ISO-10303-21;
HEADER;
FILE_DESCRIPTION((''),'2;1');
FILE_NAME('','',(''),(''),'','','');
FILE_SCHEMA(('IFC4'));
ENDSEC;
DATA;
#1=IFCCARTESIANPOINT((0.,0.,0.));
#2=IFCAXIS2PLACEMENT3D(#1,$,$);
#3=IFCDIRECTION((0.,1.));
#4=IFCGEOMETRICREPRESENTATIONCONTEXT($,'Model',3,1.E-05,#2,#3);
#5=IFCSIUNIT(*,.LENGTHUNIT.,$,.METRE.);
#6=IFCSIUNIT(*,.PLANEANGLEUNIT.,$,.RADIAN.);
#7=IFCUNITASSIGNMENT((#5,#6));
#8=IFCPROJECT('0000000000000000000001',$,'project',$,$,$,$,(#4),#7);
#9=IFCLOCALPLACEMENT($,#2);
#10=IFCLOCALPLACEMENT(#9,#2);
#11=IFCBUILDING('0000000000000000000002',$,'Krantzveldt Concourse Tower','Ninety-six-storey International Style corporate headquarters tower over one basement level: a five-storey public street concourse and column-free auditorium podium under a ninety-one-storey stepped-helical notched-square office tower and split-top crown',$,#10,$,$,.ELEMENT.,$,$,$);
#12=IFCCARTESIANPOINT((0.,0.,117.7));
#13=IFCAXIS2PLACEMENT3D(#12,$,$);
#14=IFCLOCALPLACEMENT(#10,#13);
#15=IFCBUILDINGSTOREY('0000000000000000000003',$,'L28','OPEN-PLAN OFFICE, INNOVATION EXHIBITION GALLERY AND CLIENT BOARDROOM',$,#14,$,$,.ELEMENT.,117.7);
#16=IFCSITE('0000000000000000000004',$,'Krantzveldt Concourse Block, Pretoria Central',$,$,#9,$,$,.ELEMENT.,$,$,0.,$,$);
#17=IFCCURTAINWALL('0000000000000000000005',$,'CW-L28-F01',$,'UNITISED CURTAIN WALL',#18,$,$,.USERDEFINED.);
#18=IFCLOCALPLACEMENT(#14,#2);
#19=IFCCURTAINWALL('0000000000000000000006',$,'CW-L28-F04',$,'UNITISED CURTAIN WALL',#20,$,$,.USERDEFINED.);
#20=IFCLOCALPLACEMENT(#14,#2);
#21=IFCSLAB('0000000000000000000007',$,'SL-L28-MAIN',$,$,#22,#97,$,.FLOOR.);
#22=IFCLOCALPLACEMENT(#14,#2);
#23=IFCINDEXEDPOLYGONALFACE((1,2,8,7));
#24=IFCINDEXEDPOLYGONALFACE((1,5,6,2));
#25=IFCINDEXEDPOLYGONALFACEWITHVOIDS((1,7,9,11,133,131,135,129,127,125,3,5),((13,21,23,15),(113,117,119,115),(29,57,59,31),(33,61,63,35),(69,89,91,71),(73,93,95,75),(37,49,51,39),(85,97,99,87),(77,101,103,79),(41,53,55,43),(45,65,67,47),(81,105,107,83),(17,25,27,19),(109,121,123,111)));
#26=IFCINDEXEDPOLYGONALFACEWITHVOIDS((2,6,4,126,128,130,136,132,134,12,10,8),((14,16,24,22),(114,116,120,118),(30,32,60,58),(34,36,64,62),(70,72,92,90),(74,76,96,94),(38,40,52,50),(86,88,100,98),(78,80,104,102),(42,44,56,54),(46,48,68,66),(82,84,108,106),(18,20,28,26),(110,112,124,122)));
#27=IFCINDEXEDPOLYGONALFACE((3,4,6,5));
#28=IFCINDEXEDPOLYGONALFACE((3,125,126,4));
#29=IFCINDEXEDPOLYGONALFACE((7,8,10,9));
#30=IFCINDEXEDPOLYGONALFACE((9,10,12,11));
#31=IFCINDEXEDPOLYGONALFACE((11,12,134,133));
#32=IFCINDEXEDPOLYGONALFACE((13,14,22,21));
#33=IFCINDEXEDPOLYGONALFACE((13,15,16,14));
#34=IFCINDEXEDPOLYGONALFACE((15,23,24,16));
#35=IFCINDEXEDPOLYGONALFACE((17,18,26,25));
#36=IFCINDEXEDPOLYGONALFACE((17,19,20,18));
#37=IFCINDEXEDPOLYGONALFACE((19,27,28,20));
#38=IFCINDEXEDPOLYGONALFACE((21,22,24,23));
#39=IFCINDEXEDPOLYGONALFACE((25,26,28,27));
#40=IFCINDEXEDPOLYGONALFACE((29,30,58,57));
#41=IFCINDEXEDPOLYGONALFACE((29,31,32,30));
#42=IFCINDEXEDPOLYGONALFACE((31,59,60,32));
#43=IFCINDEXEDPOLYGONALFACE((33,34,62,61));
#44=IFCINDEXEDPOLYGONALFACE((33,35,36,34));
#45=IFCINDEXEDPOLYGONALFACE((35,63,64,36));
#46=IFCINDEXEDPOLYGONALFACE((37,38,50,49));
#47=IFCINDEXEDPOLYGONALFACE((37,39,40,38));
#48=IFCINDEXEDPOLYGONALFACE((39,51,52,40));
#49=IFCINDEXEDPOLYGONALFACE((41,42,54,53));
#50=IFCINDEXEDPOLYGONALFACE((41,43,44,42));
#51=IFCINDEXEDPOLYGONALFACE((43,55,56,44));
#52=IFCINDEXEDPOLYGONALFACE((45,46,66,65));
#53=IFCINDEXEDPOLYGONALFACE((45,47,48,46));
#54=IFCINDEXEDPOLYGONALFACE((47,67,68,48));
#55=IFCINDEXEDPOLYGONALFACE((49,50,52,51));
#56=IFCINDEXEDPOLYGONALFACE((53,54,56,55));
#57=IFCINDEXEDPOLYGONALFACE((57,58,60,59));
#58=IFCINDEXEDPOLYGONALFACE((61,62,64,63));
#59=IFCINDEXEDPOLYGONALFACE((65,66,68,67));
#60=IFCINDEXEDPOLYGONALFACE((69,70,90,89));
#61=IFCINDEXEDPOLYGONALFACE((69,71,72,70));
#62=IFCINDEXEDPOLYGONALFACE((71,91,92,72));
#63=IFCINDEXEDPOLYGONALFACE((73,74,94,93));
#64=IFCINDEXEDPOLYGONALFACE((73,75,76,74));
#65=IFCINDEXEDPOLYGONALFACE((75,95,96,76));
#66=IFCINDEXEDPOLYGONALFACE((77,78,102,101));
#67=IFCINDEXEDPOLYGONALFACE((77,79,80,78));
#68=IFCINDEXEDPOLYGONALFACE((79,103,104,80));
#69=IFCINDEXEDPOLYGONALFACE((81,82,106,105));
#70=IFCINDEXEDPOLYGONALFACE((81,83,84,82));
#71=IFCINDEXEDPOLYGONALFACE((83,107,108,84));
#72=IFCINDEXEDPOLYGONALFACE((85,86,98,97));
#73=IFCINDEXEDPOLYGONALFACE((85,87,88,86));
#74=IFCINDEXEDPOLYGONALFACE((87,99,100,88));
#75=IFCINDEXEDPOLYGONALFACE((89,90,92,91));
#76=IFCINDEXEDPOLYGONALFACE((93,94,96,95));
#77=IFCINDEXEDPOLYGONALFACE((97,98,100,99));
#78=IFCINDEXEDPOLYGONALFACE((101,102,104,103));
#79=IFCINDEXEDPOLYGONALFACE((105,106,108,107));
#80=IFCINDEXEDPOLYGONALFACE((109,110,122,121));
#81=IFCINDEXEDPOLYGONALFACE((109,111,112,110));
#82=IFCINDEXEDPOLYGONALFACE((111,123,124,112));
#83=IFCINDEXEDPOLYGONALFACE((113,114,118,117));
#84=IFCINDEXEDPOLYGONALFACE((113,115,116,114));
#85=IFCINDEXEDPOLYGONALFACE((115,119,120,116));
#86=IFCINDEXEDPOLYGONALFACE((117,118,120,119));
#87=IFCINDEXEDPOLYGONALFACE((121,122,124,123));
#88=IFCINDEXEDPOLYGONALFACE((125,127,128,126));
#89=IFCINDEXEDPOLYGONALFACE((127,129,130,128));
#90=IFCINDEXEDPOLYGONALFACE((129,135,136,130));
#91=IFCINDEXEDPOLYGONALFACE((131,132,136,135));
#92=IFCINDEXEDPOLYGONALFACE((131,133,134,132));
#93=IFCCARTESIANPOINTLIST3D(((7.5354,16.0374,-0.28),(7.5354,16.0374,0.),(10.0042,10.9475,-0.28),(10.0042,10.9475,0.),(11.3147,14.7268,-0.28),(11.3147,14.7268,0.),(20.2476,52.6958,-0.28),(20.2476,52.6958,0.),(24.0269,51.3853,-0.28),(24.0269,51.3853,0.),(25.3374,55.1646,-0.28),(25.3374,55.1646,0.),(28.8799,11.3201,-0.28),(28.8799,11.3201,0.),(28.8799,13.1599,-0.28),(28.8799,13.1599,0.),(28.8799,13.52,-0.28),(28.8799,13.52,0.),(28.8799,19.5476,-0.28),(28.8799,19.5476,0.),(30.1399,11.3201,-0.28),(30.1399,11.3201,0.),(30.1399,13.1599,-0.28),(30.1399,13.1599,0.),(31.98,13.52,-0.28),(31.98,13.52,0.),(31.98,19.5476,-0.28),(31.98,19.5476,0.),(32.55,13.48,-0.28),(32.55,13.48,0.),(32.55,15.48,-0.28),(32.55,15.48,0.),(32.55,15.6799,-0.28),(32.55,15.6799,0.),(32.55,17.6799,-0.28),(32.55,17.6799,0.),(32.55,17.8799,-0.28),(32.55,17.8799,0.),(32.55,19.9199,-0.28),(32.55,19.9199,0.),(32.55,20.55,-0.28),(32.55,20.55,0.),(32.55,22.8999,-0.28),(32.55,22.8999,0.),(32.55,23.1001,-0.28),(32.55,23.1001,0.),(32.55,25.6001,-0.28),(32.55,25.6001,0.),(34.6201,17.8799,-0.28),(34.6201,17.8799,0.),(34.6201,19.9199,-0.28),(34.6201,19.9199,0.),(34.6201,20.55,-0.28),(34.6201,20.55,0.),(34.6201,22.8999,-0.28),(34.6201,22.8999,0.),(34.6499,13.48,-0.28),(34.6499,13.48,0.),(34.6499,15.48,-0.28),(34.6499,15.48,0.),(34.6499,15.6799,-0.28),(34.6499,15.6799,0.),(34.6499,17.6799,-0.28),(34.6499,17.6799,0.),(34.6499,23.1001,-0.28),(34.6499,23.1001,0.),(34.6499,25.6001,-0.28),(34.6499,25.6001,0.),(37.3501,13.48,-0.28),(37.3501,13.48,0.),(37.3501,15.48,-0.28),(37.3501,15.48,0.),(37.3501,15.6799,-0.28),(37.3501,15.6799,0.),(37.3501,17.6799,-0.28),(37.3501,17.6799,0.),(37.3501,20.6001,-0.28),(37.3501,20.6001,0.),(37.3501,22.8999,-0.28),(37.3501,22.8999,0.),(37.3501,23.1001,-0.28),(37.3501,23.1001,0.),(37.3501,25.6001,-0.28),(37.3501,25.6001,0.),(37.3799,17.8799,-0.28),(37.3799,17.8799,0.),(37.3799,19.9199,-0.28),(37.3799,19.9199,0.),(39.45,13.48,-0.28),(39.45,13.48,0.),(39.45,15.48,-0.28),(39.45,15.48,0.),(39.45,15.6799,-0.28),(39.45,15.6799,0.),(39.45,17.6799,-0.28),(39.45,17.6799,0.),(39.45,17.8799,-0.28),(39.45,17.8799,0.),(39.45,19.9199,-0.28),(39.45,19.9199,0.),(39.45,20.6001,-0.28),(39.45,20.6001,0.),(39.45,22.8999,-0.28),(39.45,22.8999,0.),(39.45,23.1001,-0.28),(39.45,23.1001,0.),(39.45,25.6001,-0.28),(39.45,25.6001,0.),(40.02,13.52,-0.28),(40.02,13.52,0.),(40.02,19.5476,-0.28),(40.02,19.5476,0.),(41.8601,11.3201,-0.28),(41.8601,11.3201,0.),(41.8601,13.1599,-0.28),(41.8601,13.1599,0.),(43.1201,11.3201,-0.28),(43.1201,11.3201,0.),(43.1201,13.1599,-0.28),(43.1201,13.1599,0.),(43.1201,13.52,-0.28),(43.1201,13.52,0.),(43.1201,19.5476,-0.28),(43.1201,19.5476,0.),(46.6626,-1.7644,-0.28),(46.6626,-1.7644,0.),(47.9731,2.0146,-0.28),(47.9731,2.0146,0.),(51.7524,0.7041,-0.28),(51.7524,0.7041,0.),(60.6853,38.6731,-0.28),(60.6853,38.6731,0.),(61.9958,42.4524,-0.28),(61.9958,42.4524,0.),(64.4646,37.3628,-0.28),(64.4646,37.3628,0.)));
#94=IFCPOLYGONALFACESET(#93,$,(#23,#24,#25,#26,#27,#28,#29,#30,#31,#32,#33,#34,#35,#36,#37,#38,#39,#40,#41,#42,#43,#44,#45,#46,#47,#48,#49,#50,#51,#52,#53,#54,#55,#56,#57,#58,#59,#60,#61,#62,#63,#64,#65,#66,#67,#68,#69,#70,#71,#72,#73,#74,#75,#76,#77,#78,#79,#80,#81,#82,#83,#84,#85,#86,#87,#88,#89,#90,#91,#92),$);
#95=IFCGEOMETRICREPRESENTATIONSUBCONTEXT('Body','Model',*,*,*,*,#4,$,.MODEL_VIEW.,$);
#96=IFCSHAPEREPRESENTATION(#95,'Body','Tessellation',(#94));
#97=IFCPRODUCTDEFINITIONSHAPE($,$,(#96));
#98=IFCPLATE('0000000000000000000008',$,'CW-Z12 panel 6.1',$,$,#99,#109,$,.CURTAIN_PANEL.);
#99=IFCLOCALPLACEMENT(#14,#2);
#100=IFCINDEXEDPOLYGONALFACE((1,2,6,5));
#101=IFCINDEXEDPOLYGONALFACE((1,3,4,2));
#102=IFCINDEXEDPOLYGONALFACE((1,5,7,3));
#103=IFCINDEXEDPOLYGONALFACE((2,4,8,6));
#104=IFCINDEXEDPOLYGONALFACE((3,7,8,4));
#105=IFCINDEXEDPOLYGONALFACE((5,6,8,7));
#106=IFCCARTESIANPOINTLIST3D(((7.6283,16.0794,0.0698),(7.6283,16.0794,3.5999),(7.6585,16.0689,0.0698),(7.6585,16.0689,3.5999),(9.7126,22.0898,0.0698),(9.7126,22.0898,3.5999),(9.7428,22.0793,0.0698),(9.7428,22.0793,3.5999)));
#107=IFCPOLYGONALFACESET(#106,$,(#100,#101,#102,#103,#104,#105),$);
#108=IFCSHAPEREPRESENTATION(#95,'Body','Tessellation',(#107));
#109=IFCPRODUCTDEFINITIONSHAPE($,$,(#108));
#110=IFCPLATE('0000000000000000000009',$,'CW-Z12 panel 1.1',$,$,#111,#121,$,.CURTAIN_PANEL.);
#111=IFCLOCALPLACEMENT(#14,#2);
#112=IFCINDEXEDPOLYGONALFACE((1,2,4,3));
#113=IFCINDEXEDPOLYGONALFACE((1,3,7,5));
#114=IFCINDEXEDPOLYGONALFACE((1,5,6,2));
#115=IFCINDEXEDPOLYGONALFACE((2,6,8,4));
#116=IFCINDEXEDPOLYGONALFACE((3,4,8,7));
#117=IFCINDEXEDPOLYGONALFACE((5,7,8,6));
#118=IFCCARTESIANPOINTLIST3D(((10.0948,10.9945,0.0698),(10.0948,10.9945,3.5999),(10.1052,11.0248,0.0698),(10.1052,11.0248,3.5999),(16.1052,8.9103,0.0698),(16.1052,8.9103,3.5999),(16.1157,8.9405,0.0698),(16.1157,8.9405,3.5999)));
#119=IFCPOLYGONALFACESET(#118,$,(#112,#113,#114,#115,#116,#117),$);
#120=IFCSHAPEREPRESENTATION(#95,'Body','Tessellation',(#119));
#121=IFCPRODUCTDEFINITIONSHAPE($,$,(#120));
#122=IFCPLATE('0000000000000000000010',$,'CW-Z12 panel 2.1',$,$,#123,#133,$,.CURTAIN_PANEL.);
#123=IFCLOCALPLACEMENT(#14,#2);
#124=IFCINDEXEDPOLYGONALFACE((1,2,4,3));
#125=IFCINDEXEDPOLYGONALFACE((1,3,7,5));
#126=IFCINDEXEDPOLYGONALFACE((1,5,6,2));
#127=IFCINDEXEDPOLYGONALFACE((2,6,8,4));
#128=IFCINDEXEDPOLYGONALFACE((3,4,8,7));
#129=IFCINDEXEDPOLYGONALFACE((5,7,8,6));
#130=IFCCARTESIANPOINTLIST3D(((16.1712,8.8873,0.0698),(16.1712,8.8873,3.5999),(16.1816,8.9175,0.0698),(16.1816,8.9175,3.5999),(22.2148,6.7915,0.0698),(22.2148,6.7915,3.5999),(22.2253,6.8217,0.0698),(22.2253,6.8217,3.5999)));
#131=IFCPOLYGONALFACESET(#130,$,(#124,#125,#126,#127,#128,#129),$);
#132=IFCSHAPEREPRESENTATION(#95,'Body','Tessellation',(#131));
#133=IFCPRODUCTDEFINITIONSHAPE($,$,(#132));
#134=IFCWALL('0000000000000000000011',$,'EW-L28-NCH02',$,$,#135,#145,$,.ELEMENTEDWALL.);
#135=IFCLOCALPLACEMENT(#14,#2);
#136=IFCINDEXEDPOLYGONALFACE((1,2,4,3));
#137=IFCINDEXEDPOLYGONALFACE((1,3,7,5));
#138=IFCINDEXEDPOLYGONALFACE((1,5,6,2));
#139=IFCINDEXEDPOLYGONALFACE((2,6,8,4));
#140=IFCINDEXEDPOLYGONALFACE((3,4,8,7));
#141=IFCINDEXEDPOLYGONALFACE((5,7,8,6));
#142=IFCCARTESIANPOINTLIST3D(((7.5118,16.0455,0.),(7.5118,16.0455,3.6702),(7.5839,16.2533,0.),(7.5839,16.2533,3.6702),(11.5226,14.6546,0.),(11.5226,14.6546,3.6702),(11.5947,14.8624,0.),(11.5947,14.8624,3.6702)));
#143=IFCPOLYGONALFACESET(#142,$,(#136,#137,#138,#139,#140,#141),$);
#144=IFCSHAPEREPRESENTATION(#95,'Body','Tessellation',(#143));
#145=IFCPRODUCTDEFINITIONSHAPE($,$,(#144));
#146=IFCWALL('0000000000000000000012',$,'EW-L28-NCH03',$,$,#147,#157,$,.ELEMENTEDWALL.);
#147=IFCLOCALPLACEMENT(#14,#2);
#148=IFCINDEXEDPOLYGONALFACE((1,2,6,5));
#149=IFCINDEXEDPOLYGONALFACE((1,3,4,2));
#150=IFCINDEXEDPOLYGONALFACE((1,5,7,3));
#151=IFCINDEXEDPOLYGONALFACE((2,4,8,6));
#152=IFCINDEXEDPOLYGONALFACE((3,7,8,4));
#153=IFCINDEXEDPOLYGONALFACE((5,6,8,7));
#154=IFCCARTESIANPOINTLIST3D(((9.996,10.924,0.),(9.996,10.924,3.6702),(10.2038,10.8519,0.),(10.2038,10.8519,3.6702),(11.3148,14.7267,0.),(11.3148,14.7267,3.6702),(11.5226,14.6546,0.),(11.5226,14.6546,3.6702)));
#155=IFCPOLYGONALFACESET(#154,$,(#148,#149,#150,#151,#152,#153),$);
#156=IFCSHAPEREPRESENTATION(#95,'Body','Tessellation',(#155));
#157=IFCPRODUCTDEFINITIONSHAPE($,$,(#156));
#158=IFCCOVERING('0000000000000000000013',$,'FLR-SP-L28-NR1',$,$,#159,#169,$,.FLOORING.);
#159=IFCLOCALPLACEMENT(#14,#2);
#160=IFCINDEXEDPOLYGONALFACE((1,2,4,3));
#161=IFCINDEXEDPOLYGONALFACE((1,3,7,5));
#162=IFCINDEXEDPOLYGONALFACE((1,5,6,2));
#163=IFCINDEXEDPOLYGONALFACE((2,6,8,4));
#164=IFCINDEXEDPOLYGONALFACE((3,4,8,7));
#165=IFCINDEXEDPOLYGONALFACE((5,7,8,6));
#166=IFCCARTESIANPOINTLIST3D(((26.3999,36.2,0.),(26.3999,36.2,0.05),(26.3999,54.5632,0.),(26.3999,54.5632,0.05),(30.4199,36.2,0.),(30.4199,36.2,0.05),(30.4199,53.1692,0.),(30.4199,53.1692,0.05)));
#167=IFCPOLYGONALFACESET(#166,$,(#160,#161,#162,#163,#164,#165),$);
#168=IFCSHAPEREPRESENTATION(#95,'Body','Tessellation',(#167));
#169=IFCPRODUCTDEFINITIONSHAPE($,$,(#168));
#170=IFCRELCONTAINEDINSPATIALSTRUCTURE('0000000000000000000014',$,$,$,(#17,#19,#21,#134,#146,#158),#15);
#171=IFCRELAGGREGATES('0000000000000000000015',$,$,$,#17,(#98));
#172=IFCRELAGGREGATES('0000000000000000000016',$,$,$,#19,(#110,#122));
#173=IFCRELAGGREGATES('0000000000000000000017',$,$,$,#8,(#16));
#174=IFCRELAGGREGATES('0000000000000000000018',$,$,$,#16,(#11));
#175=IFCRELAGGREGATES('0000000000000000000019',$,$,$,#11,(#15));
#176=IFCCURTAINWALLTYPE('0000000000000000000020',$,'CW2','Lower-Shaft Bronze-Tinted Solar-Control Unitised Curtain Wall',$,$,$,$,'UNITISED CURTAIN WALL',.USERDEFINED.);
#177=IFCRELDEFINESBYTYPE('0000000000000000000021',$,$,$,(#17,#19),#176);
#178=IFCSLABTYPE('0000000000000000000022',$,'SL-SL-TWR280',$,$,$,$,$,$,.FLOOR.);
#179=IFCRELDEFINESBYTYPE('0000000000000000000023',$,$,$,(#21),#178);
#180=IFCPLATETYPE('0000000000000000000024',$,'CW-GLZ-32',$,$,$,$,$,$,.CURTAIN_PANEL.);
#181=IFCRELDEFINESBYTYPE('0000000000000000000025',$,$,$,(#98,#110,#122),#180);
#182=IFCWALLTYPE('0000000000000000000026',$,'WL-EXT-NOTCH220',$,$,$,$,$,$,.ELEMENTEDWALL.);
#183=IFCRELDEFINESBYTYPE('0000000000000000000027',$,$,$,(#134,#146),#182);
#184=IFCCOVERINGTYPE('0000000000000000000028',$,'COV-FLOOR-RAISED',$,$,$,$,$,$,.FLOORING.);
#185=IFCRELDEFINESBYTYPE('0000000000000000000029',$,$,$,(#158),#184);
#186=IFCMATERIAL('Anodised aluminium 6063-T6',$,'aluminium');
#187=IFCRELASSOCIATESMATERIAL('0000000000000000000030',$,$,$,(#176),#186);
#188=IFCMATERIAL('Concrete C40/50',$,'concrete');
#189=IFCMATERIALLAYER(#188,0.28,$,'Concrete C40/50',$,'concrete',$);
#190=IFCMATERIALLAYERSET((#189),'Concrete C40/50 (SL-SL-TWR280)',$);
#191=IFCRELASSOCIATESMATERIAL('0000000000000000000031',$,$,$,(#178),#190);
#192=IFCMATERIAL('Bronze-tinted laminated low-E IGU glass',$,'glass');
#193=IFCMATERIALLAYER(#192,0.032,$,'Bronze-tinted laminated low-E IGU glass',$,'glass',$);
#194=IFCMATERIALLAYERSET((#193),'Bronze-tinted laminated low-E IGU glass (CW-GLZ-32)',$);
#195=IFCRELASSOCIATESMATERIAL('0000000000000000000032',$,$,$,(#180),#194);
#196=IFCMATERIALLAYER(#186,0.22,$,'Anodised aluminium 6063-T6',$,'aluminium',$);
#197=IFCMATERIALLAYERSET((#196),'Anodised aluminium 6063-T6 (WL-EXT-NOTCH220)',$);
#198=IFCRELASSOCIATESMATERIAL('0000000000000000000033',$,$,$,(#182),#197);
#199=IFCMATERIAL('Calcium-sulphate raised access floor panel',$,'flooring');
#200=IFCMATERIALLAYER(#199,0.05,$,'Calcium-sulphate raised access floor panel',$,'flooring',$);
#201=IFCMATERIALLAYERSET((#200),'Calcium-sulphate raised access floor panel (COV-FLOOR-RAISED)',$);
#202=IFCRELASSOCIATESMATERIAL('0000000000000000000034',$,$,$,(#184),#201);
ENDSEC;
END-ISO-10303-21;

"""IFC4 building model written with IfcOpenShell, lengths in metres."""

from ifc_helpers import new_model, si_unit, direction, frame, frame_2d, origin, origin_2d, place, context, subcontext, project, spatial, polyline, rectangle, outline, extrude, source, transform, mapped, material, layer, layer_set, type_object, type_shapes, element, aggregate, save


model = new_model("IFC4")

# Units and contexts
model_context = context("Model", 3, precision=1e-05, world=origin(), true_north=direction((0.0, 1.0)))
body_context = subcontext(model_context, "Body", "Model", "MODEL_VIEW")
ifc_project = project(units=[si_unit("LENGTHUNIT", "METRE"), si_unit("PLANEANGLEUNIT", "RADIAN")], contexts=[model_context])

# Site, building, storey
site_placement = place(None, origin())
site = spatial("IfcSite", under=ifc_project, at=site_placement, Name="Krantzveldt Concourse Block, Pretoria Central", CompositionType="ELEMENT", RefElevation=0.0)
building_placement = place(site_placement, origin())
building = spatial("IfcBuilding", under=site, at=building_placement, Name="Krantzveldt Concourse Tower", Description="Ninety-six-storey International Style corporate headquarters tower over one basement level: a five-storey public street concourse and column-free auditorium podium under a ninety-one-storey stepped-helical notched-square office tower and split-top crown", CompositionType="ELEMENT")
storey_placement = place(building_placement, frame((0.0, 0.0, 117.7)))
storey = spatial("IfcBuildingStorey", under=building, at=storey_placement, Name="L28", Description="OPEN-PLAN OFFICE, INNOVATION EXHIBITION GALLERY AND CLIENT BOARDROOM", CompositionType="ELEMENT", Elevation=117.7)

# Curtain walls
ifc_material_1 = material(Name="Anodised aluminium 6063-T6", Category="aluminium")
curtain_wall_type = type_object("IfcCurtainWallType", Name="CW2", Description="Lower-Shaft Bronze-Tinted Solar-Control Unitised Curtain Wall", ElementType="UNITISED CURTAIN WALL", PredefinedType="USERDEFINED", material=ifc_material_1)
curtain_wall_1_placement = place(storey_placement, origin())
curtain_wall_1 = element("IfcCurtainWall", 1, at=curtain_wall_1_placement, inside=storey, type_object=curtain_wall_type, Name="CW-L28-F01", ObjectType="UNITISED CURTAIN WALL", PredefinedType="USERDEFINED")
curtain_wall_2_placement = place(storey_placement, origin())
curtain_wall_2 = element("IfcCurtainWall", 2, at=curtain_wall_2_placement, inside=storey, type_object=curtain_wall_type, Name="CW-L28-F04", ObjectType="UNITISED CURTAIN WALL", PredefinedType="USERDEFINED")

# Slab
ifc_material_2 = material(Name="Concrete C40/50", Category="concrete")
ifc_layer_1 = layer(ifc_material_2, 0.28, Name="Concrete C40/50", Category="concrete")
ifc_layer_set_1 = layer_set([ifc_layer_1], Name="Concrete C40/50 (SL-SL-TWR280)")
slab_type_1 = type_object("IfcSlabType", Name="SL-SL-TWR280", PredefinedType="FLOOR", material=ifc_layer_set_1)
slab_1_placement = place(storey_placement, frame((0.0, 0.0, -0.28)))
element("IfcSlab", 3, at=slab_1_placement, inside=storey, type_object=slab_type_1, Name="SL-L28-MAIN", PredefinedType="FLOOR", context=body_context, shape_type="SweptSolid", body=[
    extrude(outline(polyline([(24.0269, 51.3853), (20.2476, 52.6958), (7.5354, 16.0374), (11.3147, 14.7268), (10.0042, 10.9475), (46.6626, -1.7644), (47.9731, 2.0146), (51.7524, 0.7041), (64.4646, 37.3628), (60.6853, 38.6731), (61.9958, 42.4524), (25.3374, 55.1646), (24.0269, 51.3853)]), holes=[polyline([(28.8799, 19.5476), (28.8799, 13.52), (31.98, 13.52), (31.98, 19.5476), (28.8799, 19.5476)]), polyline([(40.02, 19.5476), (40.02, 13.52), (43.1201, 13.52), (43.1201, 19.5476), (40.02, 19.5476)]), polyline([(32.55, 23.1001), (34.6499, 23.1001), (34.6499, 25.6001), (32.55, 25.6001), (32.55, 23.1001)]), polyline([(37.3501, 23.1001), (39.45, 23.1001), (39.45, 25.6001), (37.3501, 25.6001), (37.3501, 23.1001)]), polyline([(37.3501, 20.6001), (39.45, 20.6001), (39.45, 22.8999), (37.3501, 22.8999), (37.3501, 20.6001)]), polyline([(32.55, 13.48), (34.6499, 13.48), (34.6499, 15.48), (32.55, 15.48), (32.55, 13.48)]), polyline([(32.55, 15.6799), (34.6499, 15.6799), (34.6499, 17.6799), (32.55, 17.6799), (32.55, 15.6799)]), polyline([(37.3501, 13.48), (39.45, 13.48), (39.45, 15.48), (37.3501, 15.48), (37.3501, 13.48)]), polyline([(37.3501, 15.6799), (39.45, 15.6799), (39.45, 17.6799), (37.3501, 17.6799), (37.3501, 15.6799)]), polyline([(32.55, 20.55), (34.6201, 20.55), (34.6201, 22.8999), (32.55, 22.8999), (32.55, 20.55)]), polyline([(32.55, 17.8799), (34.6201, 17.8799), (34.6201, 19.9199), (32.55, 19.9199), (32.55, 17.8799)]), polyline([(37.3799, 17.8799), (39.45, 17.8799), (39.45, 19.9199), (37.3799, 19.9199), (37.3799, 17.8799)]), polyline([(28.8799, 11.3201), (30.1399, 11.3201), (30.1399, 13.1599), (28.8799, 13.1599), (28.8799, 11.3201)]), polyline([(41.8601, 11.3201), (43.1201, 11.3201), (43.1201, 13.1599), (41.8601, 13.1599), (41.8601, 11.3201)])]), origin(), (0.0, 0.0, 1.0), 0.28),
])

# Plates
ifc_material_3 = material(Name="Bronze-tinted laminated low-E IGU glass", Category="glass")
ifc_layer_2 = layer(ifc_material_3, 0.032, Name="Bronze-tinted laminated low-E IGU glass", Category="glass")
ifc_layer_set_2 = layer_set([ifc_layer_2], Name="Bronze-tinted laminated low-E IGU glass (CW-GLZ-32)")
plate_type = type_object("IfcPlateType", Name="CW-GLZ-32", PredefinedType="CURTAIN_PANEL", material=ifc_layer_set_2)
shared_shape_1 = source(origin(), body_context, "Body", "SweptSolid", [
    extrude(rectangle(XDim=6.3616, YDim=0.032, at=origin_2d()), origin(), (0.0, 0.0, 1.0), 3.53),
])
plate_1_placement = place(storey_placement, frame((8.6855, 19.0793, 0.0698), z_axis=(0.0, 0.0, 1.0), x_axis=(-0.32763, -0.944806, 0.0)))
plate_1 = element("IfcPlate", 4, at=plate_1_placement, type_object=plate_type, Name="CW-Z12 panel 6.1", PredefinedType="CURTAIN_PANEL", context=body_context, shape_type="MappedRepresentation", body=[
    mapped(shared_shape_1, transform((0.0, 0.0, 0.0), x_axis=(1.0, 0.0, 0.0), y_axis=(0.0, 1.0, 0.0), z_axis=(0.0, 0.0, 1.0), scale=1.0)),
])
aggregate(curtain_wall_1, [plate_1])
plate_2_placement = place(storey_placement, frame((13.1052, 9.9675, 0.0698), z_axis=(0.0, 0.0, 1.0), x_axis=(0.944806, -0.32763, 0.0)))
plate_2 = element("IfcPlate", 5, at=plate_2_placement, type_object=plate_type, Name="CW-Z12 panel 1.1", PredefinedType="CURTAIN_PANEL", context=body_context, shape_type="MappedRepresentation", body=[
    mapped(shared_shape_1, transform((0.0, 0.0, 0.0), x_axis=(1.0, 0.0, 0.0), y_axis=(0.0, 1.0, 0.0), z_axis=(0.0, 0.0, 1.0), scale=1.0)),
])
shared_shape_2 = source(origin(), body_context, "Body", "SweptSolid", [
    extrude(rectangle(XDim=6.3967, YDim=0.032, at=origin_2d()), origin(), (0.0, 0.0, 1.0), 3.53),
])
type_shapes(plate_type, [shared_shape_1, shared_shape_2])
plate_3_placement = place(storey_placement, frame((19.1982, 7.8545, 0.0698), z_axis=(0.0, 0.0, 1.0), x_axis=(0.944806, -0.32763, 0.0)))
plate_3 = element("IfcPlate", 6, at=plate_3_placement, type_object=plate_type, Name="CW-Z12 panel 2.1", PredefinedType="CURTAIN_PANEL", context=body_context, shape_type="MappedRepresentation", body=[
    mapped(shared_shape_2, transform((0.0, 0.0, 0.0), x_axis=(1.0, 0.0, 0.0), y_axis=(0.0, 1.0, 0.0), z_axis=(0.0, 0.0, 1.0), scale=1.0)),
])
aggregate(curtain_wall_2, [plate_2, plate_3])

# Walls
ifc_layer_3 = layer(ifc_material_1, 0.22, Name="Anodised aluminium 6063-T6", Category="aluminium")
ifc_layer_set_3 = layer_set([ifc_layer_3], Name="Anodised aluminium 6063-T6 (WL-EXT-NOTCH220)")
wall_type = type_object("IfcWallType", Name="WL-EXT-NOTCH220", PredefinedType="ELEMENTEDWALL", material=ifc_layer_set_3)
wall_1_placement = place(storey_placement, frame((7.5479, 16.1494, 0.0), z_axis=(0.0, 0.0, 1.0), x_axis=(0.944801, -0.327644, 0.0)))
element("IfcWall", 7, at=wall_1_placement, inside=storey, type_object=wall_type, Name="EW-L28-NCH02", PredefinedType="ELEMENTEDWALL", context=body_context, shape_type="SweptSolid", body=[
    extrude(rectangle(XDim=4.2451, YDim=0.22, at=frame_2d((2.1226, 0.0))), origin(), (0.0, 0.0, 1.0), 3.6702),
])
wall_2_placement = place(storey_placement, frame((11.4187, 14.6907, 0.0), z_axis=(0.0, 0.0, 1.0), x_axis=(-0.327669, -0.944793, 0.0)))
element("IfcWall", 8, at=wall_2_placement, inside=storey, type_object=wall_type, Name="EW-L28-NCH03", PredefinedType="ELEMENTEDWALL", context=body_context, shape_type="SweptSolid", body=[
    extrude(rectangle(XDim=4.0249, YDim=0.22, at=frame_2d((2.0125, 0.0))), origin(), (0.0, 0.0, 1.0), 3.6702),
])

# Covering
ifc_material_4 = material(Name="Calcium-sulphate raised access floor panel", Category="flooring")
ifc_layer_4 = layer(ifc_material_4, 0.05, Name="Calcium-sulphate raised access floor panel", Category="flooring")
ifc_layer_set_4 = layer_set([ifc_layer_4], Name="Calcium-sulphate raised access floor panel (COV-FLOOR-RAISED)")
covering_type = type_object("IfcCoveringType", Name="COV-FLOOR-RAISED", PredefinedType="FLOORING", material=ifc_layer_set_4)
covering_1_placement = place(storey_placement, origin())
element("IfcCovering", 9, at=covering_1_placement, inside=storey, type_object=covering_type, Name="FLR-SP-L28-NR1", PredefinedType="FLOORING", context=body_context, shape_type="SweptSolid", body=[
    extrude(outline(polyline([(26.3999, 36.2), (26.3999, 54.5632), (30.4199, 53.1692), (30.4199, 36.2), (26.3999, 36.2)])), origin(), (0.0, 0.0, 1.0), 0.05),
])

save(model, "model.ifc")
